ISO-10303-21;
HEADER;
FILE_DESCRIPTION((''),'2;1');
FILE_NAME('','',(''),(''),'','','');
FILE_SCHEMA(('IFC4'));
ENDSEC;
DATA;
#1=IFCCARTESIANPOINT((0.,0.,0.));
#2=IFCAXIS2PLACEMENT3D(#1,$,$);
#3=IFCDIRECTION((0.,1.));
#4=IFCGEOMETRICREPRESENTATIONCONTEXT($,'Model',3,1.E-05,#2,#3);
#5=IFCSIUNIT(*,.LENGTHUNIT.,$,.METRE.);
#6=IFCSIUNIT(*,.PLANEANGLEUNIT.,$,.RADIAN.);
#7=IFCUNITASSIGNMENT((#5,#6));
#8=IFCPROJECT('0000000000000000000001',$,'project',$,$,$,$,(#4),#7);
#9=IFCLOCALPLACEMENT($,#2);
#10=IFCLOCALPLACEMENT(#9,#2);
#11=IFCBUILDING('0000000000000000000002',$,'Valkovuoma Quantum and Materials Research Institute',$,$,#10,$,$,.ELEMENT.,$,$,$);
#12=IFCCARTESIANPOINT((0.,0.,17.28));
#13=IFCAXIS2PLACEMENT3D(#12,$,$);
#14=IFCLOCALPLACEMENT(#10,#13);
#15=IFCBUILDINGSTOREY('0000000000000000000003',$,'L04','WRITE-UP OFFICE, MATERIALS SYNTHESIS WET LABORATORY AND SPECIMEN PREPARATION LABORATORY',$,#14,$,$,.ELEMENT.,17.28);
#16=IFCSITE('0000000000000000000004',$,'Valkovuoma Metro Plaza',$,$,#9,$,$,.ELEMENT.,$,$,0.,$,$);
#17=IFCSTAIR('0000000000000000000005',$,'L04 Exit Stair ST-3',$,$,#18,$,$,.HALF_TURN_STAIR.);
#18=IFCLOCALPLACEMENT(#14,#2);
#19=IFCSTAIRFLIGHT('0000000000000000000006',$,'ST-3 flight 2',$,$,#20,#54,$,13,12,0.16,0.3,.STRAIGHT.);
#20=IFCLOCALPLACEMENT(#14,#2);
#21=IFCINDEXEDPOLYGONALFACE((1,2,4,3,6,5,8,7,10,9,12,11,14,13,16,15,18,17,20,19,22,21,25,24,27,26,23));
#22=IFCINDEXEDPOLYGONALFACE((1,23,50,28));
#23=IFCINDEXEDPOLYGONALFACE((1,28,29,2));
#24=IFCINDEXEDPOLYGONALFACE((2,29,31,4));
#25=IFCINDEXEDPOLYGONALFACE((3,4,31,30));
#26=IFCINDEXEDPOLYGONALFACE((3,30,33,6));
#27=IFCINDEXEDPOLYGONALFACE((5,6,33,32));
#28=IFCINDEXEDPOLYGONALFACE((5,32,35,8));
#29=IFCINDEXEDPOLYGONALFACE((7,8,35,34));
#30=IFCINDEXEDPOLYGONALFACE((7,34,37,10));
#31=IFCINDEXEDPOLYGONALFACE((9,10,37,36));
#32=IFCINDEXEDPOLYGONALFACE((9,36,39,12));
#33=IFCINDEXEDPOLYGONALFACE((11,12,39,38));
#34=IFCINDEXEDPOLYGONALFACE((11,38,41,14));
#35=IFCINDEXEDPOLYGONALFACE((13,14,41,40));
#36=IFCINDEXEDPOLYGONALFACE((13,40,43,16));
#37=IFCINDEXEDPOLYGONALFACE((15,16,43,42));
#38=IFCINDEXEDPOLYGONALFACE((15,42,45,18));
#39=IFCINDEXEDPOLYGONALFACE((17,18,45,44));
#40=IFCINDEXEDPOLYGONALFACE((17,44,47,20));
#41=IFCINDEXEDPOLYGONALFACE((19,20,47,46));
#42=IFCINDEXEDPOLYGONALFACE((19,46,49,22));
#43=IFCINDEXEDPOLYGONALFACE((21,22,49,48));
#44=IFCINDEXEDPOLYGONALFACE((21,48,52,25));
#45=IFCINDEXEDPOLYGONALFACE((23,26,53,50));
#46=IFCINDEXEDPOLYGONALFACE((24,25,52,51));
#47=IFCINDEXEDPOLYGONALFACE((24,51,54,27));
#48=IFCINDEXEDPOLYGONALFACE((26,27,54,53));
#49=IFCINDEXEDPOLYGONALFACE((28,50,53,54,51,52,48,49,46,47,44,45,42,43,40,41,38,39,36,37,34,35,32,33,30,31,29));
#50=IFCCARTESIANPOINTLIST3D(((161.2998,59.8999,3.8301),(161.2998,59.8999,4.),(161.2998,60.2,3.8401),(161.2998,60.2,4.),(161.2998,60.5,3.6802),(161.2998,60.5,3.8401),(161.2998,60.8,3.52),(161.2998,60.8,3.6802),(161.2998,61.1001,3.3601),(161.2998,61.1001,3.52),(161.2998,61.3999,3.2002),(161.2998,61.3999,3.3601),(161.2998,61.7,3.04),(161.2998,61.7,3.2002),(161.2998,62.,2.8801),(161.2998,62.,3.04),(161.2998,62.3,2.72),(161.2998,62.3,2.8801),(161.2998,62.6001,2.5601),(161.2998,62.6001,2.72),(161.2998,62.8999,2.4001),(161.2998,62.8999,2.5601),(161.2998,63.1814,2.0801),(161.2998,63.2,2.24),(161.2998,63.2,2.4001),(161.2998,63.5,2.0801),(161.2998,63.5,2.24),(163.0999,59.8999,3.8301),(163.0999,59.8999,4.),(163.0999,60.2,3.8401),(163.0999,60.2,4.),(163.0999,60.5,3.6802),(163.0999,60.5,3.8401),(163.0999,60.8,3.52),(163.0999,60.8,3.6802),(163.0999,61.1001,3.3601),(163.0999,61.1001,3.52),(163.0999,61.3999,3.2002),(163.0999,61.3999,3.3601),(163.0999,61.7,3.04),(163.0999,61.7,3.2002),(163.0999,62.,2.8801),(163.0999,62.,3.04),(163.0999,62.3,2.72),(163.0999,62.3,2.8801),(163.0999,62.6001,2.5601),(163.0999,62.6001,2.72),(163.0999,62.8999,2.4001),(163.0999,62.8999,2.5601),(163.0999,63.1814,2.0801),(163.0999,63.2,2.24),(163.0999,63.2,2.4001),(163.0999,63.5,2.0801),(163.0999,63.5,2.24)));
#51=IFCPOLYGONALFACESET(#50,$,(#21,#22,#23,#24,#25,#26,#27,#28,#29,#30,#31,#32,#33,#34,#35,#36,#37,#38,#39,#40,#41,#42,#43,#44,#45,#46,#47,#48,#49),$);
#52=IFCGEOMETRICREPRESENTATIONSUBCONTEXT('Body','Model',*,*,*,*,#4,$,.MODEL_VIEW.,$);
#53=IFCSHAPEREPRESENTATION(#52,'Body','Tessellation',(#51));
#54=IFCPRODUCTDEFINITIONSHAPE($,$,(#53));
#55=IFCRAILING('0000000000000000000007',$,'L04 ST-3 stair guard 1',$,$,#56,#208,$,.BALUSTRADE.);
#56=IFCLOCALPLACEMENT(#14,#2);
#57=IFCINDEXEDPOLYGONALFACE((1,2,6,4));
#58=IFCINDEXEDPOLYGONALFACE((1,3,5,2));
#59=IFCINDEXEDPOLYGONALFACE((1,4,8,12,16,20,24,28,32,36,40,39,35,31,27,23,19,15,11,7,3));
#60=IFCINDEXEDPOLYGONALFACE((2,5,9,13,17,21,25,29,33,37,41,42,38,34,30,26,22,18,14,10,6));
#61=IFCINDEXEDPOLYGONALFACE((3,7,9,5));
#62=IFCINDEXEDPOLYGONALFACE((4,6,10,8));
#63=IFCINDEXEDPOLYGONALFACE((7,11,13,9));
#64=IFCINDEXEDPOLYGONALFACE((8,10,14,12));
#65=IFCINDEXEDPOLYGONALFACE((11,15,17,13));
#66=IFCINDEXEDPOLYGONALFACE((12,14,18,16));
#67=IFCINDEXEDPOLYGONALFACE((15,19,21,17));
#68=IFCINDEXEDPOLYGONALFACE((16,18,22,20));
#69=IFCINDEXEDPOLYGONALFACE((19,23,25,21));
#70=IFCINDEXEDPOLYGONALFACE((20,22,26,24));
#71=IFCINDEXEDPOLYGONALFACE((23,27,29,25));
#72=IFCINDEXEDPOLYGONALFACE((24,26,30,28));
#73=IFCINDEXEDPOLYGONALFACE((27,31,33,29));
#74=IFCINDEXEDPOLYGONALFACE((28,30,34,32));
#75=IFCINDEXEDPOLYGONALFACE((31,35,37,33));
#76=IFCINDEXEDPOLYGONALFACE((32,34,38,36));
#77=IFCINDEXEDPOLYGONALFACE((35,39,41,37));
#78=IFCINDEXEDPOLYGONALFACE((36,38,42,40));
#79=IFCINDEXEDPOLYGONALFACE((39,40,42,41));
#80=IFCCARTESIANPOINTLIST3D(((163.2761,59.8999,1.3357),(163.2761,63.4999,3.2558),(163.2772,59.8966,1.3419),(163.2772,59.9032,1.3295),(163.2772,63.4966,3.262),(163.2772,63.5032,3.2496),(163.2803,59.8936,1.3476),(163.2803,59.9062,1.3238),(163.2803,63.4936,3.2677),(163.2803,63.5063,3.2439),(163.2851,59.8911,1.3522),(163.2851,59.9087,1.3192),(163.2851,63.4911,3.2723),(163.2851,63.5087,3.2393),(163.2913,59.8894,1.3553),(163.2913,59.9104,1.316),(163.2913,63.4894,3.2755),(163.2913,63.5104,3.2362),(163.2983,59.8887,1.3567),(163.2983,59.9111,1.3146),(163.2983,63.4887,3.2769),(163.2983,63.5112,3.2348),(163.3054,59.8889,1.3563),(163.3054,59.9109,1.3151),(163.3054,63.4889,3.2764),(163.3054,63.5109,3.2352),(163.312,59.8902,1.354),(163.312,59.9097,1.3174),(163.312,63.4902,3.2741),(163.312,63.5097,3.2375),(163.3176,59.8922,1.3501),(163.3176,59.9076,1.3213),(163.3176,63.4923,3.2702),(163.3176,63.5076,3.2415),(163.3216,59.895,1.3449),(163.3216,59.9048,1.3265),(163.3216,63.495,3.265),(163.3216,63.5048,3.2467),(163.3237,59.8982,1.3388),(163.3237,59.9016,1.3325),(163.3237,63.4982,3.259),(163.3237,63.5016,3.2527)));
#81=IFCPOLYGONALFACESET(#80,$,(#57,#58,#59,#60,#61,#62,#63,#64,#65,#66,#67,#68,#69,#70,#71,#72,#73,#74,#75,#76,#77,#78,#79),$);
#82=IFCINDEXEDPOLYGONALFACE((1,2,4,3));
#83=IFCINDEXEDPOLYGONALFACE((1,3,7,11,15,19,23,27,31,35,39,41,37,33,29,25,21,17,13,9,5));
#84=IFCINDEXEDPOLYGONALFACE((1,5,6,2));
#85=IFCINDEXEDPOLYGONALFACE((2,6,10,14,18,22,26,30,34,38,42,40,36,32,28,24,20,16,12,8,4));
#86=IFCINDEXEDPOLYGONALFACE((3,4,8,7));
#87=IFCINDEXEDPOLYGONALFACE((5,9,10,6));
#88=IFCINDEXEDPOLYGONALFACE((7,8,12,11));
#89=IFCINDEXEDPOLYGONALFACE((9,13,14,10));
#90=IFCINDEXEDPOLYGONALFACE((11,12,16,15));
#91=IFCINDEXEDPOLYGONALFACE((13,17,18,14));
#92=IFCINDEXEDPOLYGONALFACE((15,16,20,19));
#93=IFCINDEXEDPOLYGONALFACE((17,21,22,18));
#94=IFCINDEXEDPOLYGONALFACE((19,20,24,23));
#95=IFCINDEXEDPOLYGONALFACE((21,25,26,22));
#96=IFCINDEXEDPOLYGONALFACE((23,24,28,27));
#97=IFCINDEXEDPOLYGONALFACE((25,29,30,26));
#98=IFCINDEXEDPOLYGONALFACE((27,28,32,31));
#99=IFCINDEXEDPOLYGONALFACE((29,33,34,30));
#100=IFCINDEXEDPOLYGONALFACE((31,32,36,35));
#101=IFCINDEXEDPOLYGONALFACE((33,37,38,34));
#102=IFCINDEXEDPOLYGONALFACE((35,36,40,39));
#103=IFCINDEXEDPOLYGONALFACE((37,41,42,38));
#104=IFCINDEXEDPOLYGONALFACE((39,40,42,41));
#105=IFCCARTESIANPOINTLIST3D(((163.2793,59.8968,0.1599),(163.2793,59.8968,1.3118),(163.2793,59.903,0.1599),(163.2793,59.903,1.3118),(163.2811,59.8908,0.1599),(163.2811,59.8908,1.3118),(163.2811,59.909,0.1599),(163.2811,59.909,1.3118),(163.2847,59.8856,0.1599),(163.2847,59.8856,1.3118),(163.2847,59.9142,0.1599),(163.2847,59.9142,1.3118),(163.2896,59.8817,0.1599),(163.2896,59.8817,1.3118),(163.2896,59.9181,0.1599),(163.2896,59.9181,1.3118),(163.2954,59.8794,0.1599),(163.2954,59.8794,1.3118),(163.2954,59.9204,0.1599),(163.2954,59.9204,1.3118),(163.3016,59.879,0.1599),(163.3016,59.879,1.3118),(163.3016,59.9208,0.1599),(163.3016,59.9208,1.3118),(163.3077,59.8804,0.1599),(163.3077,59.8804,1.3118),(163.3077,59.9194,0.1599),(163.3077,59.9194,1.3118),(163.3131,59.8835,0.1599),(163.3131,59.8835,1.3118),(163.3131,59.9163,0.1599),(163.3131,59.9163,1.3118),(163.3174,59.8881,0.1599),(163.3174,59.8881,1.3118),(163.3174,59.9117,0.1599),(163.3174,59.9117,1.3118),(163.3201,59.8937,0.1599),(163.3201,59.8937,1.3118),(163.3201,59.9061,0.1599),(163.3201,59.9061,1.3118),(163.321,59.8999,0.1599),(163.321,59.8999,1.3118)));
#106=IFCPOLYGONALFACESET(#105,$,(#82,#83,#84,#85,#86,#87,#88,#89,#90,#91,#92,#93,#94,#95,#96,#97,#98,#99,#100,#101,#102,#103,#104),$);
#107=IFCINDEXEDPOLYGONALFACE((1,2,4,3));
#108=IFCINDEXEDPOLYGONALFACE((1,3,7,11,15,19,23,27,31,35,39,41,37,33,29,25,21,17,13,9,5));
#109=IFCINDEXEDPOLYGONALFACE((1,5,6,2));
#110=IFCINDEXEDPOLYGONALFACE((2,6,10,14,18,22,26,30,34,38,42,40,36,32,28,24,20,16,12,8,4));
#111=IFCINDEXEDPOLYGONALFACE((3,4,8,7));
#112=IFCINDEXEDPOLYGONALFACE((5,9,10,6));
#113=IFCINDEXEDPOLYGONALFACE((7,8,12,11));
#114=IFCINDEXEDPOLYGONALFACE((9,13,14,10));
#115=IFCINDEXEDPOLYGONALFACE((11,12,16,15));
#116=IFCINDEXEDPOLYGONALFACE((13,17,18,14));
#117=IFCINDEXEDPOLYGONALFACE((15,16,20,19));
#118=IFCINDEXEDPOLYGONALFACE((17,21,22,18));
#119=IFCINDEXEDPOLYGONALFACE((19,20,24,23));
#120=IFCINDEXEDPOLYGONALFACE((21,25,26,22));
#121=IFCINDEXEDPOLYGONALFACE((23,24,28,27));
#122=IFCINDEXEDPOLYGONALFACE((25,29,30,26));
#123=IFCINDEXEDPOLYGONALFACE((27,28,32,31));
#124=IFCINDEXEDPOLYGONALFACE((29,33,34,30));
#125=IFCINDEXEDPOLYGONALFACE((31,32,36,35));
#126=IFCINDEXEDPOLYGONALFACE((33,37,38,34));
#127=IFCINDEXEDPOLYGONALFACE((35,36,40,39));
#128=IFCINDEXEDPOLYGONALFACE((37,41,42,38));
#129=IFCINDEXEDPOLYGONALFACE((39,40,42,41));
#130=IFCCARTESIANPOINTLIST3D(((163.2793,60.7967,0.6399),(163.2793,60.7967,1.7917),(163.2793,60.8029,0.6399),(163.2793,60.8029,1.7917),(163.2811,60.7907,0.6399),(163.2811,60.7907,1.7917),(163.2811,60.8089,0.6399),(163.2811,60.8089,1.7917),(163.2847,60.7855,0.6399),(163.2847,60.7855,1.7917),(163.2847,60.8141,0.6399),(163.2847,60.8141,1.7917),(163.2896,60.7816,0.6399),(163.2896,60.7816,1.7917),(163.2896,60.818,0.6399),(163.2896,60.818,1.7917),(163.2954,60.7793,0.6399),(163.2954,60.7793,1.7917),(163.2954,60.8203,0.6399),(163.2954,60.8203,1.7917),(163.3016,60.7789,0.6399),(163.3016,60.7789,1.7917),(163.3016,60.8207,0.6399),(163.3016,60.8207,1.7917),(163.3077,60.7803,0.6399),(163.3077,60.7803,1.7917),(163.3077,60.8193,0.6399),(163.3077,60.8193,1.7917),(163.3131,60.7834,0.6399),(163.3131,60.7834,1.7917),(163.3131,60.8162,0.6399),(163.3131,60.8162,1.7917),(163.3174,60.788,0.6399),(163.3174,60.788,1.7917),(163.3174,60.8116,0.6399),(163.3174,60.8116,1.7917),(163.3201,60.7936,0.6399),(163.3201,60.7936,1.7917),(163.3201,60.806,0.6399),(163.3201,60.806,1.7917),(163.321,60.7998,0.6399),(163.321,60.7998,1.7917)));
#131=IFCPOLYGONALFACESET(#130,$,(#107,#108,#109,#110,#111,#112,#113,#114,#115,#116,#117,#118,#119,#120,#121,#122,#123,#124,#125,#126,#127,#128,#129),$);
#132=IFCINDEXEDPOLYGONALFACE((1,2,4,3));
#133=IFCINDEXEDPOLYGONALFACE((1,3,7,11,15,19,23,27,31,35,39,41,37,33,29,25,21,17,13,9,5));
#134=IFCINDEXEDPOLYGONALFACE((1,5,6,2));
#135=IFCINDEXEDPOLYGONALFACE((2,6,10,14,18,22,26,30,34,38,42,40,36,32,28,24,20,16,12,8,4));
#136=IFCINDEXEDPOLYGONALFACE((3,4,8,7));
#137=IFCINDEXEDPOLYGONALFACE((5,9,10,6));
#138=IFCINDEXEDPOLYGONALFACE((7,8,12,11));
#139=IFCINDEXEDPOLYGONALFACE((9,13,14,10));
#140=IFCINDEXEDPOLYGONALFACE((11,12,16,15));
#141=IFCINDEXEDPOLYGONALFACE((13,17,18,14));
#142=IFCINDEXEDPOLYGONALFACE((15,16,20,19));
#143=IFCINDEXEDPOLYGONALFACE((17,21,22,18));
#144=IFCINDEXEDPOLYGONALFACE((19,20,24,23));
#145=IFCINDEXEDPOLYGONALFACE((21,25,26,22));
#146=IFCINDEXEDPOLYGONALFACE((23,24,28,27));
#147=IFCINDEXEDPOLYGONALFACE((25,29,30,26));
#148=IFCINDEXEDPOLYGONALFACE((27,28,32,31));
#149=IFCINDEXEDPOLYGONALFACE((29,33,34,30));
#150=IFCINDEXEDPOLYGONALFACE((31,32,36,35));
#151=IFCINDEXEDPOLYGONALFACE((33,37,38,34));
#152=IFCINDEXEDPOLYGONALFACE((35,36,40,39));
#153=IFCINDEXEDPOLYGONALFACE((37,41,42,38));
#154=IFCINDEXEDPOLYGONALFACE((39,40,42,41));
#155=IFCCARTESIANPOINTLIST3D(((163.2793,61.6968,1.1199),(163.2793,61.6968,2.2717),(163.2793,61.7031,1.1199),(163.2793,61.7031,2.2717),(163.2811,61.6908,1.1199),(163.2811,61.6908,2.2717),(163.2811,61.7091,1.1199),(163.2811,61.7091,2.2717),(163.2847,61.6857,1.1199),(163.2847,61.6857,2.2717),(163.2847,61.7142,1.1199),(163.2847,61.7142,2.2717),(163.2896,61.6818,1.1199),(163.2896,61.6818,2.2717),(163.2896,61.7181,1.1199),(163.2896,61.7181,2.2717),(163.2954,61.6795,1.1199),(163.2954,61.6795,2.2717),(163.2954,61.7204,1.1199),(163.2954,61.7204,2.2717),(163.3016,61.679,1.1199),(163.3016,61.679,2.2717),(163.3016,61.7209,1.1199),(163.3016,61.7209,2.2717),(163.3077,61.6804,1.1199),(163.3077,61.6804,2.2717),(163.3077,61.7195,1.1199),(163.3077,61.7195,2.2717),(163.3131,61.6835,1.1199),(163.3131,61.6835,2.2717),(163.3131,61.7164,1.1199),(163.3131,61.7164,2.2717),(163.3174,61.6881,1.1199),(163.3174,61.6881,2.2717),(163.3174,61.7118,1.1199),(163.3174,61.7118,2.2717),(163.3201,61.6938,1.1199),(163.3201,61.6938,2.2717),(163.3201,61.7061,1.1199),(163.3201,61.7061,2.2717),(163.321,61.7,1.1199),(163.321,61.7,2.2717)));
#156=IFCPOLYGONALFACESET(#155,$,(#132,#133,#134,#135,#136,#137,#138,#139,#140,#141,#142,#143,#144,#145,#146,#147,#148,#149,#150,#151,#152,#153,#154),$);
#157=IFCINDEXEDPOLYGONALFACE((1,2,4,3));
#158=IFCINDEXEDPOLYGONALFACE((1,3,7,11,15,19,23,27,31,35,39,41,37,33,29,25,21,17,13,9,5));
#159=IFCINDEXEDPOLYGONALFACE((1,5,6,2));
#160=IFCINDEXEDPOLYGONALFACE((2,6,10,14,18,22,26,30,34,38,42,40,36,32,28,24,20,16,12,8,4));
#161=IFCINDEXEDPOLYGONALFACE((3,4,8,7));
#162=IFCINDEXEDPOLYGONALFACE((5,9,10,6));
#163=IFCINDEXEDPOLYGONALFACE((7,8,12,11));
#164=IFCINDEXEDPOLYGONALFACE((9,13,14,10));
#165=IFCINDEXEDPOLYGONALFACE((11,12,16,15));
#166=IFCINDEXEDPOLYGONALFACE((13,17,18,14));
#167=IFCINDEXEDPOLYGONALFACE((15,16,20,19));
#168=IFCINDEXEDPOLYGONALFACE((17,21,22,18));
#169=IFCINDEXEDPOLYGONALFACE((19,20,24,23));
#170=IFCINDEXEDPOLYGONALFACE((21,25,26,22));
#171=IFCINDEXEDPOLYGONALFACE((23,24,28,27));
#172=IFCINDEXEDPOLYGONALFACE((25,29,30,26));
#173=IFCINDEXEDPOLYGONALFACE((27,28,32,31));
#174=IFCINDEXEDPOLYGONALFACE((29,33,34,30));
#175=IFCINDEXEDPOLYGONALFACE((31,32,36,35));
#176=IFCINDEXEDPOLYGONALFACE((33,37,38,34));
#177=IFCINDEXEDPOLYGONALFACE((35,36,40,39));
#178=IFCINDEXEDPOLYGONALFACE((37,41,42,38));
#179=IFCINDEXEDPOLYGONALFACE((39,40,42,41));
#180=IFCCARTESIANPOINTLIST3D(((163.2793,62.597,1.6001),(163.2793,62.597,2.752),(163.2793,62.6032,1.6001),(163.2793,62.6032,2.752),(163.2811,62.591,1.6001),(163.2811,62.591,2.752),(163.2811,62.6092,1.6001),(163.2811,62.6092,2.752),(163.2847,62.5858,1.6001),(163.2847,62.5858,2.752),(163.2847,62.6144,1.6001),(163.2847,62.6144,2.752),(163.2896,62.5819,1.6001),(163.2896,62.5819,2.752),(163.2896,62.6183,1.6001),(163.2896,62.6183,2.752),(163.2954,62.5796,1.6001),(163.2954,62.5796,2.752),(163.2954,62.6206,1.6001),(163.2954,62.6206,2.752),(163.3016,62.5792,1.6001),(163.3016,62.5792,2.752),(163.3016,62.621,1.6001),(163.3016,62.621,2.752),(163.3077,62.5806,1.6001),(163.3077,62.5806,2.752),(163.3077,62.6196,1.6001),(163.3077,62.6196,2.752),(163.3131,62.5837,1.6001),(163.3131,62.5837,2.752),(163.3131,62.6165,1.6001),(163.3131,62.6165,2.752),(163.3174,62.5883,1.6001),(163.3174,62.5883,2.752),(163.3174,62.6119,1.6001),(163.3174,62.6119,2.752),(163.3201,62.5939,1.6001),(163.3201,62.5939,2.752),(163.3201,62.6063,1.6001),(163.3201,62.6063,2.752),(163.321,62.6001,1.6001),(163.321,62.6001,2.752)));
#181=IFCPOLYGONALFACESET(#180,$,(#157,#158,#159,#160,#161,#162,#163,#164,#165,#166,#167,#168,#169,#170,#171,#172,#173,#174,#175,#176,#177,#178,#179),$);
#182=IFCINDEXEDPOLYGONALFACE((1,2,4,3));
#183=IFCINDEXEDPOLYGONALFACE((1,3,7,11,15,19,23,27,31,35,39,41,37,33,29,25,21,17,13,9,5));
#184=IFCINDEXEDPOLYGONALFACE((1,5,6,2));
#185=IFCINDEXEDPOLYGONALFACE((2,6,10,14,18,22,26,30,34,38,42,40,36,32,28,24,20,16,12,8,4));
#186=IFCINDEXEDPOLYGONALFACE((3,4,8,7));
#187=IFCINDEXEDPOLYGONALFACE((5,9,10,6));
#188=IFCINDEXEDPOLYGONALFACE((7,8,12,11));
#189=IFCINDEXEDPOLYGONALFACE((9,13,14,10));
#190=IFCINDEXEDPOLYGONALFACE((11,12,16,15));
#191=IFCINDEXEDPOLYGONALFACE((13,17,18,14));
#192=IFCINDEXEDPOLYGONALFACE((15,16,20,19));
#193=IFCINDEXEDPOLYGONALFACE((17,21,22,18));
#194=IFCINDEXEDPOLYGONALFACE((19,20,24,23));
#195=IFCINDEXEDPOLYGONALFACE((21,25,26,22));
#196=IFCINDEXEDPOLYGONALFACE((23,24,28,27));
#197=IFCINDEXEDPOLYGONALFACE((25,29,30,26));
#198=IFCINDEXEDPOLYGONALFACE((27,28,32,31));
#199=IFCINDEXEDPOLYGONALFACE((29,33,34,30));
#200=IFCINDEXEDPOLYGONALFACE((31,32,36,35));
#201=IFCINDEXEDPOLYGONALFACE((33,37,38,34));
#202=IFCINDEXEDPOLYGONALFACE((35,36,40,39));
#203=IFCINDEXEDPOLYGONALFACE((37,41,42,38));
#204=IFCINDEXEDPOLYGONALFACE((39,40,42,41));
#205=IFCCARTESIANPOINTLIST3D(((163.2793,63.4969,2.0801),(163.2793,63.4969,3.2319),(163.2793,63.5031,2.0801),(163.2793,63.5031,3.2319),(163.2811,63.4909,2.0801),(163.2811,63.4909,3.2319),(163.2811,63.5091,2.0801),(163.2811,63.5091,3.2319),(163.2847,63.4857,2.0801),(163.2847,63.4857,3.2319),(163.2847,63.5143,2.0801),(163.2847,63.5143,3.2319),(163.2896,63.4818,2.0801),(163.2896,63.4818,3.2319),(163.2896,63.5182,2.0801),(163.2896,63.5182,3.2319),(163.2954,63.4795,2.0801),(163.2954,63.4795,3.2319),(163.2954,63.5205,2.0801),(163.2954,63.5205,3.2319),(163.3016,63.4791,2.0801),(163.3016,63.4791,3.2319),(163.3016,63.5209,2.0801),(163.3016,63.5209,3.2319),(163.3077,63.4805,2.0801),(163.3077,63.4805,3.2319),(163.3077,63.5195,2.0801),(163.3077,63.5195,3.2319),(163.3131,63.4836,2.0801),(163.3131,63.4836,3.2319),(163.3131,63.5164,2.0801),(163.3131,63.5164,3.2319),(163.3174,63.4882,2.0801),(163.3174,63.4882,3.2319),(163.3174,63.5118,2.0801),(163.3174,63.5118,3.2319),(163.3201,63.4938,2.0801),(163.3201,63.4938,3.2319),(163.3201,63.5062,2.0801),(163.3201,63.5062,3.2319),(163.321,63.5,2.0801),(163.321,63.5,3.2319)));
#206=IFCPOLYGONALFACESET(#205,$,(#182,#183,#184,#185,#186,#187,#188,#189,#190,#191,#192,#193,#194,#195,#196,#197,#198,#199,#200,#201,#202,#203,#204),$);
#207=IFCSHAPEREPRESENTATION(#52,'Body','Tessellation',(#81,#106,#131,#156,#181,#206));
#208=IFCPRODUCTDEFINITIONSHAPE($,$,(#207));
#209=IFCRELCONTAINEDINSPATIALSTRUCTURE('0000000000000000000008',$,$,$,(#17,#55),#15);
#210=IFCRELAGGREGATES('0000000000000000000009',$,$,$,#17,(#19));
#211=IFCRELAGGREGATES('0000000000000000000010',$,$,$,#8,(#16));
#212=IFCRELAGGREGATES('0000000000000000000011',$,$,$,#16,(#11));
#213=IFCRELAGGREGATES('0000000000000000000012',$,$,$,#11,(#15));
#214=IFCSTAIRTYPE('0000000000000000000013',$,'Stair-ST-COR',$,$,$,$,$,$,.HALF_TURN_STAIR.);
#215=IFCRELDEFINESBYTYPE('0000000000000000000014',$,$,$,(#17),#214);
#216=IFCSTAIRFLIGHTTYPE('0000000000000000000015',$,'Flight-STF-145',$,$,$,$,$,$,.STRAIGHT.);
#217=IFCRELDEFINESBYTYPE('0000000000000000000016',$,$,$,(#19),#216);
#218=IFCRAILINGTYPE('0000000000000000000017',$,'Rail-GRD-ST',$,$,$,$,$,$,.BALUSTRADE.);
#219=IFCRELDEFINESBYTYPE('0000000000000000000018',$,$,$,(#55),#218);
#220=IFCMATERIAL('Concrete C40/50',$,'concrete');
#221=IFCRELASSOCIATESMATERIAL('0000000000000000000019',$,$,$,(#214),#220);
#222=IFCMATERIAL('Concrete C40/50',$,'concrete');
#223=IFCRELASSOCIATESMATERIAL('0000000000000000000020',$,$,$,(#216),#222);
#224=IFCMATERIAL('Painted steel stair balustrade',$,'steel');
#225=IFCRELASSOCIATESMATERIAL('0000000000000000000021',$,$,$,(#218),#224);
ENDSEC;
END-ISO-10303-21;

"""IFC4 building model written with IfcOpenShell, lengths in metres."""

from ifc_helpers import new_model, si_unit, direction, frame, origin, origin_2d, place, context, subcontext, project, spatial, polyline, circle, outline, extrude, material, type_object, element, aggregate, save


model = new_model("IFC4")

# Units and contexts
model_context = context("Model", 3, precision=1e-05, world=origin(), true_north=direction((0.0, 1.0)))
body_context = subcontext(model_context, "Body", "Model", "MODEL_VIEW")
ifc_project = project(units=[si_unit("LENGTHUNIT", "METRE"), si_unit("PLANEANGLEUNIT", "RADIAN")], contexts=[model_context])

# Site, building, storey
site_placement = place(None, origin())
site = spatial("IfcSite", under=ifc_project, at=site_placement, Name="Valkovuoma Metro Plaza", CompositionType="ELEMENT", RefElevation=0.0)
building_placement = place(site_placement, origin())
building = spatial("IfcBuilding", under=site, at=building_placement, Name="Valkovuoma Quantum and Materials Research Institute", CompositionType="ELEMENT")
storey_placement = place(building_placement, frame((0.0, 0.0, 17.28)))
storey = spatial("IfcBuildingStorey", under=building, at=storey_placement, Name="L04", Description="WRITE-UP OFFICE, MATERIALS SYNTHESIS WET LABORATORY AND SPECIMEN PREPARATION LABORATORY", CompositionType="ELEMENT", Elevation=17.28)

# Stair, stair flight
ifc_material_1 = material(Name="Concrete C40/50", Category="concrete")
stair_type = type_object("IfcStairType", Name="Stair-ST-COR", PredefinedType="HALF_TURN_STAIR", material=ifc_material_1)
stair_placement = place(storey_placement, origin())
stair = element("IfcStair", 1, at=stair_placement, inside=storey, type_object=stair_type, Name="L04 Exit Stair ST-3", PredefinedType="HALF_TURN_STAIR")
ifc_material_2 = material(Name="Concrete C40/50", Category="concrete")
stair_flight_type = type_object("IfcStairFlightType", Name="Flight-STF-145", PredefinedType="STRAIGHT", material=ifc_material_2)
stair_flight_1_placement = place(storey_placement, frame((162.2, 63.5, 2.0801), z_axis=(0.0, 0.0, 1.0), x_axis=(0.0, -1.0, 0.0)))
stair_flight_1 = element("IfcStairFlight", 2, at=stair_flight_1_placement, type_object=stair_flight_type, Name="ST-3 flight 2", NumberOfRisers=13, NumberOfTreads=12, PredefinedType="STRAIGHT", RiserHeight=0.16, TreadLength=0.3, context=body_context, shape_type="SweptSolid", body=[
    extrude(outline(polyline([(0.0, 0.0), (0.0, 0.1599), (0.3, 0.1599), (0.3, 0.3201), (0.6001, 0.3201), (0.6001, 0.48), (0.8999, 0.48), (0.8999, 0.6399), (1.2, 0.6399), (1.2, 0.8), (1.5, 0.8), (1.5, 0.96), (1.8, 0.96), (1.8, 1.1201), (2.1001, 1.1201), (2.1001, 1.28), (2.3999, 1.28), (2.3999, 1.4399), (2.7, 1.4399), (2.7, 1.6001), (3.0, 1.6001), (3.0, 1.76), (3.3, 1.76), (3.3, 1.9199), (3.6001, 1.9199), (3.6001, 2.0801), (3.6001, 1.75), (0.3186, 0.0), (0.0, 0.0)])), frame((0.0, 0.8999, 0.0), z_axis=(0.0, -1.0, 0.0), x_axis=(1.0, 0.0, 0.0)), (0.0, 0.0, 1.0), 1.8),
])
aggregate(stair, [stair_flight_1])

# Railing
ifc_material_3 = material(Name="Painted steel stair balustrade", Category="steel")
railing_type_1 = type_object("IfcRailingType", Name="Rail-GRD-ST", PredefinedType="BALUSTRADE", material=ifc_material_3)
railing_1_placement = place(storey_placement, frame((163.3, 59.8999, 0.1599)))
element("IfcRailing", 3, at=railing_1_placement, inside=storey, type_object=railing_type_1, Name="L04 ST-3 stair guard 1", PredefinedType="BALUSTRADE", context=body_context, shape_type="SweptSolid", body=[
    extrude(circle(Radius=0.0239, at=origin_2d()), frame((0.0, 0.0, 1.1758), z_axis=(0.0, 0.882341, 0.47061), x_axis=(-1.0, 0.0, 0.0)), (0.0, 0.0, 1.0), 4.0801),
    extrude(circle(Radius=0.021, at=origin_2d()), origin(), (0.0, 0.0, 1.0), 1.1519),
    extrude(circle(Radius=0.021, at=origin_2d()), frame((0.0, 0.8999, 0.48)), (0.0, 0.0, 1.0), 1.1519),
    extrude(circle(Radius=0.021, at=origin_2d()), frame((0.0, 1.8, 0.96)), (0.0, 0.0, 1.0), 1.1519),
    extrude(circle(Radius=0.021, at=origin_2d()), frame((0.0, 2.7002, 1.4402)), (0.0, 0.0, 1.0), 1.1519),
    extrude(circle(Radius=0.021, at=origin_2d()), frame((0.0, 3.6001, 1.9202)), (0.0, 0.0, 1.0), 1.1519),
])

save(model, "model.ifc")
